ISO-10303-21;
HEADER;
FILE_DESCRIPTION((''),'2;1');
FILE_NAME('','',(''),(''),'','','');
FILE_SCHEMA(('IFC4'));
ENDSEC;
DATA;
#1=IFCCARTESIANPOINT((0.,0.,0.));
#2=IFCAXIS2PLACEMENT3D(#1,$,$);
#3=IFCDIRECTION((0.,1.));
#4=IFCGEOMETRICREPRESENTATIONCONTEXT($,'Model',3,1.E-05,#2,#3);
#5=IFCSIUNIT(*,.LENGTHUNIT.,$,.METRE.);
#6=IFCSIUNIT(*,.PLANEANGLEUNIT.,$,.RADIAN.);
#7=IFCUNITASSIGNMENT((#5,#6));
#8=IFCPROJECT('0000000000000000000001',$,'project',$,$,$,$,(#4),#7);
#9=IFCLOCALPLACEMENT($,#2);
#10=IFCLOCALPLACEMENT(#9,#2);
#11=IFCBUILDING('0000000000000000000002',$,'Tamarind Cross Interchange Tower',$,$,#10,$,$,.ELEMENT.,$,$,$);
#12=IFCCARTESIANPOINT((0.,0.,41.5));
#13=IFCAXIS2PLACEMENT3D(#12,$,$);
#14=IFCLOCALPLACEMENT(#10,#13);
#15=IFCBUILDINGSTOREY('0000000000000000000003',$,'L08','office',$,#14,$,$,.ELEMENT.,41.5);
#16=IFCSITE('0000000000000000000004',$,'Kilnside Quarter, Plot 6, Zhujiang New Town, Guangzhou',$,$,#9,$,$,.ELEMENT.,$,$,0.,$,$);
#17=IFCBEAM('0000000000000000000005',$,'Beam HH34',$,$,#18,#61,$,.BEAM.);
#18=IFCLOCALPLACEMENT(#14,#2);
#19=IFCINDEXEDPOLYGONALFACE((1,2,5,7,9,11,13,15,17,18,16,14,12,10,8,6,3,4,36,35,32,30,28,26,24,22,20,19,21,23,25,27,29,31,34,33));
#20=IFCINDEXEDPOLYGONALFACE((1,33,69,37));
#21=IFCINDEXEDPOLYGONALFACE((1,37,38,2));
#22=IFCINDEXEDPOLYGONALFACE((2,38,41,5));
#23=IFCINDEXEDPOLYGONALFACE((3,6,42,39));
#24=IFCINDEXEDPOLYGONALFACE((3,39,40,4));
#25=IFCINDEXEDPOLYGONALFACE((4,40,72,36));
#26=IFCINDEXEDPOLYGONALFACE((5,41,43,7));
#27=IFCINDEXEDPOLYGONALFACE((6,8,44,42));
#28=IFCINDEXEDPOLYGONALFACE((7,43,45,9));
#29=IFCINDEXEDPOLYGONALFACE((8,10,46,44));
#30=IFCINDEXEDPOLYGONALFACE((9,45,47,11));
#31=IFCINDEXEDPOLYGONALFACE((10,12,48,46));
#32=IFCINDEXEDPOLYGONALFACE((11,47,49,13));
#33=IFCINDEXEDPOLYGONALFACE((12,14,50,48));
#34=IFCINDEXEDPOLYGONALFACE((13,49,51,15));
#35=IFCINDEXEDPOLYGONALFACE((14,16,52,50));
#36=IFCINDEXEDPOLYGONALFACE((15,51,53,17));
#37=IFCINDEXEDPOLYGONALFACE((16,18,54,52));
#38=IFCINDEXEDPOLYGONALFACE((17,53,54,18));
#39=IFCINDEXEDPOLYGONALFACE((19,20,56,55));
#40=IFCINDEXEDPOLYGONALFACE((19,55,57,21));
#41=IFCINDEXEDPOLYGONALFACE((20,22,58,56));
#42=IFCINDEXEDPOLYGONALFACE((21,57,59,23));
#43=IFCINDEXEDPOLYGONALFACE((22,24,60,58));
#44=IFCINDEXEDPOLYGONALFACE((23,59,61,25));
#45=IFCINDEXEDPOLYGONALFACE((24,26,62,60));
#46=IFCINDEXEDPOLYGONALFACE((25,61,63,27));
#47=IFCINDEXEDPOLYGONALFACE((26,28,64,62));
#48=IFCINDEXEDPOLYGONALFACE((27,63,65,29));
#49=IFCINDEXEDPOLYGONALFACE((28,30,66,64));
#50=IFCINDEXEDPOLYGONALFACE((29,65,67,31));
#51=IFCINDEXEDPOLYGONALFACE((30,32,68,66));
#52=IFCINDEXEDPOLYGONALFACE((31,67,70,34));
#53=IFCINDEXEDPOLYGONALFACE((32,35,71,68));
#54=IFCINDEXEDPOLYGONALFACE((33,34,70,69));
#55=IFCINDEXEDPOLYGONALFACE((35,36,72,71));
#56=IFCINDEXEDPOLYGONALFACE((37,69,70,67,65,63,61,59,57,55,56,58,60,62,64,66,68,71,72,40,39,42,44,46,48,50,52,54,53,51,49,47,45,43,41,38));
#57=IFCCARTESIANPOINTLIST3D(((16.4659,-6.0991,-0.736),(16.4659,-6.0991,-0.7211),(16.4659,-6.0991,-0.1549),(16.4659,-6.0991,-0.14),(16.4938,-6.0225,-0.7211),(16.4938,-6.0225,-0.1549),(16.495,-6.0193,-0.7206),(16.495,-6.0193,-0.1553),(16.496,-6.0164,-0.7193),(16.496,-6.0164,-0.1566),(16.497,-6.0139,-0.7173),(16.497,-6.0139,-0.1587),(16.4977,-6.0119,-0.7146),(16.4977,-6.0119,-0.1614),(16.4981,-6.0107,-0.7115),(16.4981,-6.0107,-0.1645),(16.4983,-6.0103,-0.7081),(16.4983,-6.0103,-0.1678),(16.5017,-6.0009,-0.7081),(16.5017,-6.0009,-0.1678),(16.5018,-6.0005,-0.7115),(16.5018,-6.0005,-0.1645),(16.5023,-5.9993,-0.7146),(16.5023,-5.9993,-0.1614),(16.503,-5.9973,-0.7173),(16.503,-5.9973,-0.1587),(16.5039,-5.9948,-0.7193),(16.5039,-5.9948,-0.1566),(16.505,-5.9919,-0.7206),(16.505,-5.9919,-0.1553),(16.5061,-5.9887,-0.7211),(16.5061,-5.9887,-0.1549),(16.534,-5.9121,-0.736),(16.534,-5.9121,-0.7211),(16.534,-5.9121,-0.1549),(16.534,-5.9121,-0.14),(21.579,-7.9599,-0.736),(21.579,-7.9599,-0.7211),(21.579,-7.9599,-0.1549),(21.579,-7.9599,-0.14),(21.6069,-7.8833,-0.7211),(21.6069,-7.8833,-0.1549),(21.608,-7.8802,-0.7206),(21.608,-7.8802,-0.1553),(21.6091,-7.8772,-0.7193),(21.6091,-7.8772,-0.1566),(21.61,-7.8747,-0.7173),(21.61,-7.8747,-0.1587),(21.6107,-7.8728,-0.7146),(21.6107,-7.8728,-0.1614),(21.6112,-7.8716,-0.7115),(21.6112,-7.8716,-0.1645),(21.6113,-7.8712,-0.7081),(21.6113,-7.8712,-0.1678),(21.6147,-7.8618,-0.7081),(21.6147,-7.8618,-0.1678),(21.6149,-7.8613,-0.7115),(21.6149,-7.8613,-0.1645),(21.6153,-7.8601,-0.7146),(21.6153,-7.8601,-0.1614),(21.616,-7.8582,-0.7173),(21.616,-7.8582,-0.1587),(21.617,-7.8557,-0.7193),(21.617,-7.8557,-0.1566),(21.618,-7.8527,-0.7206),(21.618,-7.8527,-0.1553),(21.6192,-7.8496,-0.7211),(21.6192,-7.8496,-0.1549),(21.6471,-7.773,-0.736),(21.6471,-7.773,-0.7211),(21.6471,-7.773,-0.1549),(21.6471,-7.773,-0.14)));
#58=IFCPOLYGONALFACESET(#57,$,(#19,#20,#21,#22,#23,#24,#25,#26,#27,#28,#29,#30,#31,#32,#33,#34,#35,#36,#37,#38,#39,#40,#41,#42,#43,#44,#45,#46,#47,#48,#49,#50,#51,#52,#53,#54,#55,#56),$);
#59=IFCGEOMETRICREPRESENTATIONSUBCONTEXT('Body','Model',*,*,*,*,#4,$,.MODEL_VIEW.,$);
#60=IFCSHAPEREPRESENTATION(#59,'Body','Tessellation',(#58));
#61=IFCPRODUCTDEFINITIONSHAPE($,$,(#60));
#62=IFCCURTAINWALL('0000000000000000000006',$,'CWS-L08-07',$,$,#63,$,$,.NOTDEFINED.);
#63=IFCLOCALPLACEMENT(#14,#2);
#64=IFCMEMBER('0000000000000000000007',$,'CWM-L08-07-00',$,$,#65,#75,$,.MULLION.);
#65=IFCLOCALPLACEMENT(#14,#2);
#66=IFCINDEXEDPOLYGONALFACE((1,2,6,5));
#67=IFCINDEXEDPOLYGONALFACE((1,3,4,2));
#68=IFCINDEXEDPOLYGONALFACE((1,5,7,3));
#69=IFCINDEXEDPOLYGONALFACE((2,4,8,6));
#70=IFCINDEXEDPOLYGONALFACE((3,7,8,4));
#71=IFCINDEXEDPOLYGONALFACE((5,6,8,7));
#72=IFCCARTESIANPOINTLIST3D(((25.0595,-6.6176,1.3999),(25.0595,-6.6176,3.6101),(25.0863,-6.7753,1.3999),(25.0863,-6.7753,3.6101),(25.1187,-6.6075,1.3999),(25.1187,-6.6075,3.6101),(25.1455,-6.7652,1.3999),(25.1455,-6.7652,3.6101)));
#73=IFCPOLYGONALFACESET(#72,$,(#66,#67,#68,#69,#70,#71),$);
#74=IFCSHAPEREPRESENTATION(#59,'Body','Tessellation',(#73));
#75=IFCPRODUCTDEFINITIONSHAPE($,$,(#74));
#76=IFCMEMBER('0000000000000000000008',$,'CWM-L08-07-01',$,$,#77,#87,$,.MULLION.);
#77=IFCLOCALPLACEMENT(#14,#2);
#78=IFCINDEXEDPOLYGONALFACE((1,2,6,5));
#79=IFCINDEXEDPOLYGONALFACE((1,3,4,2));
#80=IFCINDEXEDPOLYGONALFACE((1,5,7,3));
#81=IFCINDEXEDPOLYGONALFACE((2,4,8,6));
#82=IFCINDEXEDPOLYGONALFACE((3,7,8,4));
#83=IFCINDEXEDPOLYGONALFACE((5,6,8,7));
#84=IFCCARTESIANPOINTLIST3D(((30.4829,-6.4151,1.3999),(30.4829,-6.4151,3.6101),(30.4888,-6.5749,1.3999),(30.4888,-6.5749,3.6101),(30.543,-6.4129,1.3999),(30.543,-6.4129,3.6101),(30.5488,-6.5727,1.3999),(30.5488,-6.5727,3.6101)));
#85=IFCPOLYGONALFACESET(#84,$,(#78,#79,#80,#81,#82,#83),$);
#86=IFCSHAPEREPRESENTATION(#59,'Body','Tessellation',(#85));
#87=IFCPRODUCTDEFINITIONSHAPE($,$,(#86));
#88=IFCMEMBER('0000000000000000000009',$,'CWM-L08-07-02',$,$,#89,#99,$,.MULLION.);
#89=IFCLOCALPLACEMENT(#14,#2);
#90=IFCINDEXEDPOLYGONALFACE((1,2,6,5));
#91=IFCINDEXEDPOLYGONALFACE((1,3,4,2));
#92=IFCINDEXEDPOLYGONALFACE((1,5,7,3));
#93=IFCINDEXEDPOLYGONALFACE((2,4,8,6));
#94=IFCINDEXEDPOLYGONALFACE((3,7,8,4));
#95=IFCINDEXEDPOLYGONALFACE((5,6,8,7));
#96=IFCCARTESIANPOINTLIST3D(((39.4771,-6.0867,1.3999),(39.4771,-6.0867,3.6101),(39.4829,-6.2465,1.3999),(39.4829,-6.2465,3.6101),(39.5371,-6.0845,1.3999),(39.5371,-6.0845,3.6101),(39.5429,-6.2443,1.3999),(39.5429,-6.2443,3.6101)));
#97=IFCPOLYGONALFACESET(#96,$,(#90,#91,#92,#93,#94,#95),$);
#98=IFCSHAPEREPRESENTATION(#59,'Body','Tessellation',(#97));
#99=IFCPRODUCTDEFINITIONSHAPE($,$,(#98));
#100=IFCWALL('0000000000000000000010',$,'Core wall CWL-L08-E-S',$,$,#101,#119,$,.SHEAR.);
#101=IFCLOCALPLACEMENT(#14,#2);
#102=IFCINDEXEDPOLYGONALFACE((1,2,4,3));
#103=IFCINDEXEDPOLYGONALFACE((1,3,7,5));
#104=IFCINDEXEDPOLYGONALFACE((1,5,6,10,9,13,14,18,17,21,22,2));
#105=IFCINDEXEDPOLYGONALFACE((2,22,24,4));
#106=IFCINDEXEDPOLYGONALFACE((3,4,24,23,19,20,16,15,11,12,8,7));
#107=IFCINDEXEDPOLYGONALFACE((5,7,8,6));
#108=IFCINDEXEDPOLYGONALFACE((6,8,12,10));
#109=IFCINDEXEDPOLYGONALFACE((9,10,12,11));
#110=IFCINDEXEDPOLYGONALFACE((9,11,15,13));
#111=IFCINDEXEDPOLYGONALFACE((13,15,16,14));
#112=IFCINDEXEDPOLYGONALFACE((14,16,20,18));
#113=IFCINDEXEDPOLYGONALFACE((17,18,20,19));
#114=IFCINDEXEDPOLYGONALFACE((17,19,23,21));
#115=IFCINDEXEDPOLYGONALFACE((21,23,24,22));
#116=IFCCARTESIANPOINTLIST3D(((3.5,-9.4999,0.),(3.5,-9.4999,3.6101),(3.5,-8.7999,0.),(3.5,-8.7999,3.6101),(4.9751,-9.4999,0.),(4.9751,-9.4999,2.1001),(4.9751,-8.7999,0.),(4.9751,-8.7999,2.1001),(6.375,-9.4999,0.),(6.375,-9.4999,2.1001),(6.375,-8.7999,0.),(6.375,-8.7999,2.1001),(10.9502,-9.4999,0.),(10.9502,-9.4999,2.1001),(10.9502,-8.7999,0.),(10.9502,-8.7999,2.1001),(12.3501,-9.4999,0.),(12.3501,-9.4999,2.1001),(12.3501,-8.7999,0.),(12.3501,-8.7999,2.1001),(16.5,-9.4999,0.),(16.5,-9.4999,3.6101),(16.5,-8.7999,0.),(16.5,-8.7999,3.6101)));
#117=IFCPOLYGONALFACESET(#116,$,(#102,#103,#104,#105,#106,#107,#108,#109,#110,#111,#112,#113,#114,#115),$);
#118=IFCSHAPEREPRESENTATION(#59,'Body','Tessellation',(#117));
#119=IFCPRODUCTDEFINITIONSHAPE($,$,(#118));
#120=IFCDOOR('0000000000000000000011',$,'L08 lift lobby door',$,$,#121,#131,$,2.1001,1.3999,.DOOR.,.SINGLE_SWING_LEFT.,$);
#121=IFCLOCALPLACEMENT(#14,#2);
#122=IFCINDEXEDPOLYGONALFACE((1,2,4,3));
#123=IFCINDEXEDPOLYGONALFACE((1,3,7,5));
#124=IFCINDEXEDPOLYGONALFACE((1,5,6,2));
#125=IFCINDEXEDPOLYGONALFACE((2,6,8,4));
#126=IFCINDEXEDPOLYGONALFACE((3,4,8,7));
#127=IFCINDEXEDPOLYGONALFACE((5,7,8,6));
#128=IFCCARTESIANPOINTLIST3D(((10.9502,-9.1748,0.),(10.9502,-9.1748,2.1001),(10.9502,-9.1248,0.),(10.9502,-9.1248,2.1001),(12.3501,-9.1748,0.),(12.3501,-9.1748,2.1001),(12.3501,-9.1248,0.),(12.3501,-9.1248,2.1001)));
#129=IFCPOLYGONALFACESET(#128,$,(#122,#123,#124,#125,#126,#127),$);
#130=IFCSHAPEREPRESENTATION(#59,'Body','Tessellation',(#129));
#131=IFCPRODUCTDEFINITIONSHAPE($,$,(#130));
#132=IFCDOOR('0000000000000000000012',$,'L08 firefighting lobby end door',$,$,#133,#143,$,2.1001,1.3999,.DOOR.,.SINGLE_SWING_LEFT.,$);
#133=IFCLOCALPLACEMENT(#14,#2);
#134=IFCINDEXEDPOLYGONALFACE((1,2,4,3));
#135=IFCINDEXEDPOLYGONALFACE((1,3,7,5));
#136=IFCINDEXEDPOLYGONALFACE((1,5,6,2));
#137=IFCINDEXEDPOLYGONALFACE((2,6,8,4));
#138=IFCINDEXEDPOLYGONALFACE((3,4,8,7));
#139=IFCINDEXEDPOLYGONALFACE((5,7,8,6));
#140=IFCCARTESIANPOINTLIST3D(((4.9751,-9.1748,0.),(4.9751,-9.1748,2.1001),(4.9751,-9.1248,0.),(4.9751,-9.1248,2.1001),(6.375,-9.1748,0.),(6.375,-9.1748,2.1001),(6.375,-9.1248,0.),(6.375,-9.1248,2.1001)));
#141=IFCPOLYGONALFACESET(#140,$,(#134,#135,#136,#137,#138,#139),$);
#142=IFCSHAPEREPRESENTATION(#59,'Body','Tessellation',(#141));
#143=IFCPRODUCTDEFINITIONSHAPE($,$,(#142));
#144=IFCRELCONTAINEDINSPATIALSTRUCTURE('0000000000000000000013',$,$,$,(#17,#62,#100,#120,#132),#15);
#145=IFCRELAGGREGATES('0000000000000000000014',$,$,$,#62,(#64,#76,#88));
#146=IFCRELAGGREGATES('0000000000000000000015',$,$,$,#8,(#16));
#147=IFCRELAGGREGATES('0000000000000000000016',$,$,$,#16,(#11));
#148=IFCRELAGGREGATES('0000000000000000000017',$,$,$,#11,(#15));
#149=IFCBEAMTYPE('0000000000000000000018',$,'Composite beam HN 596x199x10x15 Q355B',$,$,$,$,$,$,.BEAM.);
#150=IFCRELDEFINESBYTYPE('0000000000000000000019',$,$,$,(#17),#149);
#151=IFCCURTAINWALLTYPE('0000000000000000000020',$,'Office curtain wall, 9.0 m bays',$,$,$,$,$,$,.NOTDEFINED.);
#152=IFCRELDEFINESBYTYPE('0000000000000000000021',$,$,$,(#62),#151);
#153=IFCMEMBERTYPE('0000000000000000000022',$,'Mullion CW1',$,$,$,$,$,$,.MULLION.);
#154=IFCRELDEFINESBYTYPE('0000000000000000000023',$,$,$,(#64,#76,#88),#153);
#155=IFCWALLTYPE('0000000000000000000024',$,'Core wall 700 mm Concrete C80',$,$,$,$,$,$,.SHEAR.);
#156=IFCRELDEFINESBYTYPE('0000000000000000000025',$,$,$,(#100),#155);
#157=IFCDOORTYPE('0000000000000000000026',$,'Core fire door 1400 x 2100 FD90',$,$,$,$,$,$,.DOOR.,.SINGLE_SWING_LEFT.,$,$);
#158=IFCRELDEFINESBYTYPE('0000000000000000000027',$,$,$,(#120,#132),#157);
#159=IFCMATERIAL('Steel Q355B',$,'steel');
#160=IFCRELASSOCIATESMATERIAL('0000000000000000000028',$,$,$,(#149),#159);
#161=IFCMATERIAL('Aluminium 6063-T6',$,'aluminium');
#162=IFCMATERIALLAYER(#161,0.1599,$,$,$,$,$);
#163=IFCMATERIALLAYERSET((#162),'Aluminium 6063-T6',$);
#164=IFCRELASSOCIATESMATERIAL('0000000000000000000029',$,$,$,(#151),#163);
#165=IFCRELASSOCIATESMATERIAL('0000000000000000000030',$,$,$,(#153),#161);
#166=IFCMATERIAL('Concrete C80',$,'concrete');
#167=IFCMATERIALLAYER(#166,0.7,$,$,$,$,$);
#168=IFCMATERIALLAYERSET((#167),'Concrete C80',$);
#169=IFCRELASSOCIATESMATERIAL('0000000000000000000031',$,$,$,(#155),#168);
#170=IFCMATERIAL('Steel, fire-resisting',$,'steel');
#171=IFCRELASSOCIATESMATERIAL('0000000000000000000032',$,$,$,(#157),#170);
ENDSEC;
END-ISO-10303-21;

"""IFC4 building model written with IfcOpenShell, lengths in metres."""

from ifc_helpers import new_model, si_unit, direction, frame, frame_2d, origin, origin_2d, place, context, subcontext, project, spatial, rectangle, i_section, extrude, material, layer, layer_set, material_profile, profile_set, type_object, element, fill, aggregate, save


model = new_model("IFC4")

# Units and contexts
model_context = context("Model", 3, precision=1e-05, world=origin(), true_north=direction((0.0, 1.0)))
body_context = subcontext(model_context, "Body", "Model", "MODEL_VIEW")
ifc_project = project(units=[si_unit("LENGTHUNIT", "METRE"), si_unit("PLANEANGLEUNIT", "RADIAN")], contexts=[model_context])

# Site, building, storey
site_placement = place(None, origin())
site = spatial("IfcSite", under=ifc_project, at=site_placement, Name="Kilnside Quarter, Plot 6, Zhujiang New Town, Guangzhou", CompositionType="ELEMENT", RefElevation=0.0)
building_placement = place(site_placement, origin())
building = spatial("IfcBuilding", under=site, at=building_placement, Name="Tamarind Cross Interchange Tower", CompositionType="ELEMENT")
storey_placement = place(building_placement, frame((0.0, 0.0, 41.5)))
storey = spatial("IfcBuildingStorey", under=building, at=storey_placement, Name="L08", Description="office", CompositionType="ELEMENT", Elevation=41.5)

# Beam
ifc_material_1 = material(Name="Steel Q355B", Category="steel")
ifc_material_profile_1 = material_profile(ifc_material_1, i_section(OverallWidth=0.199, OverallDepth=0.5959, WebThickness=0.01, FlangeThickness=0.0149, FilletRadius=0.0129, at=origin_2d()), Name="HN 596x199x10x15")
ifc_profile_set_1 = profile_set([ifc_material_profile_1], Name="Steel Q355B")
beam_type = type_object("IfcBeamType", Name="Composite beam HN 596x199x10x15 Q355B", PredefinedType="BEAM", material=ifc_profile_set_1)
beam_1_placement = place(storey_placement, frame((21.613, -7.8665, -0.438), z_axis=(-0.939702, 0.341995, 0.0), x_axis=(-0.341995, -0.939702, 0.0)))
element("IfcBeam", 1, at=beam_1_placement, inside=storey, type_object=beam_type, Name="Beam HH34", PredefinedType="BEAM", context=body_context, shape_type="SweptSolid", body=[
    extrude(i_section(OverallWidth=0.199, OverallDepth=0.5959, WebThickness=0.01, FlangeThickness=0.0149, FilletRadius=0.0129, at=origin_2d()), origin(), (0.0, 0.0, 1.0), 5.4412),
])

# Curtain wall, members
ifc_material_2 = material(Name="Aluminium 6063-T6", Category="aluminium")
ifc_layer_1 = layer(ifc_material_2, 0.1599)
ifc_layer_set_1 = layer_set([ifc_layer_1], Name="Aluminium 6063-T6")
curtain_wall_type = type_object("IfcCurtainWallType", Name="Office curtain wall, 9.0 m bays", PredefinedType="NOTDEFINED", material=ifc_layer_set_1)
curtain_wall_placement = place(storey_placement, origin())
curtain_wall = element("IfcCurtainWall", 2, at=curtain_wall_placement, inside=storey, type_object=curtain_wall_type, Name="CWS-L08-07", PredefinedType="NOTDEFINED")
ifc_material_profile_2 = material_profile(ifc_material_2, rectangle(XDim=0.0601, YDim=0.1599, at=origin_2d()), Name="Mullion CW1")
ifc_profile_set_2 = profile_set([ifc_material_profile_2], Name="Aluminium 6063-T6")
member_type = type_object("IfcMemberType", Name="Mullion CW1", PredefinedType="MULLION", material=ifc_profile_set_2)
member_1_placement = place(storey_placement, frame((25.1025, -6.6914, 1.3999), z_axis=(0.0, 0.0, 1.0), x_axis=(0.985847, 0.16765, 0.0)))
member_1 = element("IfcMember", 3, at=member_1_placement, type_object=member_type, Name="CWM-L08-07-00", PredefinedType="MULLION", context=body_context, shape_type="SweptSolid", body=[
    extrude(rectangle(XDim=0.0601, YDim=0.1599, at=origin_2d()), origin(), (0.0, 0.0, 1.0), 2.2102),
])
member_2_placement = place(storey_placement, frame((30.5159, -6.4939, 1.3999), z_axis=(0.0, 0.0, 1.0), x_axis=(0.999335, 0.036462, 0.0)))
member_2 = element("IfcMember", 4, at=member_2_placement, type_object=member_type, Name="CWM-L08-07-01", PredefinedType="MULLION", context=body_context, shape_type="SweptSolid", body=[
    extrude(rectangle(XDim=0.0601, YDim=0.1599, at=origin_2d()), origin(), (0.0, 0.0, 1.0), 2.2102),
])
member_3_placement = place(storey_placement, frame((39.51, -6.1655, 1.3999), z_axis=(0.0, 0.0, 1.0), x_axis=(0.999335, 0.036462, 0.0)))
member_3 = element("IfcMember", 5, at=member_3_placement, type_object=member_type, Name="CWM-L08-07-02", PredefinedType="MULLION", context=body_context, shape_type="SweptSolid", body=[
    extrude(rectangle(XDim=0.0601, YDim=0.1599, at=origin_2d()), origin(), (0.0, 0.0, 1.0), 2.2102),
])
aggregate(curtain_wall, [member_1, member_2, member_3])

# Wall, openings, doors
ifc_material_3 = material(Name="Concrete C80", Category="concrete")
ifc_layer_2 = layer(ifc_material_3, 0.7)
ifc_layer_set_2 = layer_set([ifc_layer_2], Name="Concrete C80")
wall_type_1 = type_object("IfcWallType", Name="Core wall 700 mm Concrete C80", PredefinedType="SHEAR", material=ifc_layer_set_2)
wall_1_placement = place(storey_placement, frame((16.5, -9.1499, 0.0), z_axis=(0.0, 0.0, 1.0), x_axis=(-1.0, 0.0, 0.0)))
wall_1 = element("IfcWall", 6, at=wall_1_placement, inside=storey, type_object=wall_type_1, Name="Core wall CWL-L08-E-S", PredefinedType="SHEAR", context=body_context, shape_type="SweptSolid", body=[
    extrude(rectangle(XDim=13.0, YDim=0.7, at=frame_2d((6.5, 0.0))), origin(), (0.0, 0.0, 1.0), 3.6101),
])
opening_1_placement = place(wall_1_placement, frame((4.1499, 0.0, 0.0)))
opening_1 = element("IfcOpeningElement", 7, at=opening_1_placement, cuts=wall_1, PredefinedType="OPENING", context=body_context, shape_type="SweptSolid", body=[
    extrude(rectangle(XDim=1.3999, YDim=2.1001, at=frame_2d((0.7, 1.05))), frame((0.0, 0.3599, 0.0), z_axis=(0.0, -1.0, 0.0), x_axis=(1.0, 0.0, 0.0)), (0.0, 0.0, 1.0), 0.72),
])
opening_2_placement = place(wall_1_placement, frame((10.125, 0.0, 0.0)))
opening_2 = element("IfcOpeningElement", 8, at=opening_2_placement, cuts=wall_1, PredefinedType="OPENING", context=body_context, shape_type="SweptSolid", body=[
    extrude(rectangle(XDim=1.3999, YDim=2.1001, at=frame_2d((0.7, 1.05))), frame((0.0, 0.3599, 0.0), z_axis=(0.0, -1.0, 0.0), x_axis=(1.0, 0.0, 0.0)), (0.0, 0.0, 1.0), 0.72),
])
ifc_material_4 = material(Name="Steel, fire-resisting", Category="steel")
door_type_1 = type_object("IfcDoorType", Name="Core fire door 1400 x 2100 FD90", OperationType="SINGLE_SWING_LEFT", PredefinedType="DOOR", material=ifc_material_4)
door_1_placement = place(opening_1_placement, origin())
door_1 = element("IfcDoor", 9, at=door_1_placement, inside=storey, type_object=door_type_1, Name="L08 lift lobby door", OperationType="SINGLE_SWING_LEFT", OverallHeight=2.1001, OverallWidth=1.3999, PredefinedType="DOOR", context=body_context, shape_type="SweptSolid", body=[
    extrude(rectangle(XDim=1.3999, YDim=2.1001, at=frame_2d((0.7, 1.05))), frame((0.0, 0.0249, 0.0), z_axis=(0.0, -1.0, 0.0), x_axis=(1.0, 0.0, 0.0)), (0.0, 0.0, 1.0), 0.05),
])
fill(opening_1, door_1)
door_2_placement = place(opening_2_placement, origin())
door_2 = element("IfcDoor", 10, at=door_2_placement, inside=storey, type_object=door_type_1, Name="L08 firefighting lobby end door", OperationType="SINGLE_SWING_LEFT", OverallHeight=2.1001, OverallWidth=1.3999, PredefinedType="DOOR", context=body_context, shape_type="SweptSolid", body=[
    extrude(rectangle(XDim=1.3999, YDim=2.1001, at=frame_2d((0.7, 1.05))), frame((0.0, 0.0249, 0.0), z_axis=(0.0, -1.0, 0.0), x_axis=(1.0, 0.0, 0.0)), (0.0, 0.0, 1.0), 0.05),
])
fill(opening_2, door_2)

save(model, "model.ifc")
